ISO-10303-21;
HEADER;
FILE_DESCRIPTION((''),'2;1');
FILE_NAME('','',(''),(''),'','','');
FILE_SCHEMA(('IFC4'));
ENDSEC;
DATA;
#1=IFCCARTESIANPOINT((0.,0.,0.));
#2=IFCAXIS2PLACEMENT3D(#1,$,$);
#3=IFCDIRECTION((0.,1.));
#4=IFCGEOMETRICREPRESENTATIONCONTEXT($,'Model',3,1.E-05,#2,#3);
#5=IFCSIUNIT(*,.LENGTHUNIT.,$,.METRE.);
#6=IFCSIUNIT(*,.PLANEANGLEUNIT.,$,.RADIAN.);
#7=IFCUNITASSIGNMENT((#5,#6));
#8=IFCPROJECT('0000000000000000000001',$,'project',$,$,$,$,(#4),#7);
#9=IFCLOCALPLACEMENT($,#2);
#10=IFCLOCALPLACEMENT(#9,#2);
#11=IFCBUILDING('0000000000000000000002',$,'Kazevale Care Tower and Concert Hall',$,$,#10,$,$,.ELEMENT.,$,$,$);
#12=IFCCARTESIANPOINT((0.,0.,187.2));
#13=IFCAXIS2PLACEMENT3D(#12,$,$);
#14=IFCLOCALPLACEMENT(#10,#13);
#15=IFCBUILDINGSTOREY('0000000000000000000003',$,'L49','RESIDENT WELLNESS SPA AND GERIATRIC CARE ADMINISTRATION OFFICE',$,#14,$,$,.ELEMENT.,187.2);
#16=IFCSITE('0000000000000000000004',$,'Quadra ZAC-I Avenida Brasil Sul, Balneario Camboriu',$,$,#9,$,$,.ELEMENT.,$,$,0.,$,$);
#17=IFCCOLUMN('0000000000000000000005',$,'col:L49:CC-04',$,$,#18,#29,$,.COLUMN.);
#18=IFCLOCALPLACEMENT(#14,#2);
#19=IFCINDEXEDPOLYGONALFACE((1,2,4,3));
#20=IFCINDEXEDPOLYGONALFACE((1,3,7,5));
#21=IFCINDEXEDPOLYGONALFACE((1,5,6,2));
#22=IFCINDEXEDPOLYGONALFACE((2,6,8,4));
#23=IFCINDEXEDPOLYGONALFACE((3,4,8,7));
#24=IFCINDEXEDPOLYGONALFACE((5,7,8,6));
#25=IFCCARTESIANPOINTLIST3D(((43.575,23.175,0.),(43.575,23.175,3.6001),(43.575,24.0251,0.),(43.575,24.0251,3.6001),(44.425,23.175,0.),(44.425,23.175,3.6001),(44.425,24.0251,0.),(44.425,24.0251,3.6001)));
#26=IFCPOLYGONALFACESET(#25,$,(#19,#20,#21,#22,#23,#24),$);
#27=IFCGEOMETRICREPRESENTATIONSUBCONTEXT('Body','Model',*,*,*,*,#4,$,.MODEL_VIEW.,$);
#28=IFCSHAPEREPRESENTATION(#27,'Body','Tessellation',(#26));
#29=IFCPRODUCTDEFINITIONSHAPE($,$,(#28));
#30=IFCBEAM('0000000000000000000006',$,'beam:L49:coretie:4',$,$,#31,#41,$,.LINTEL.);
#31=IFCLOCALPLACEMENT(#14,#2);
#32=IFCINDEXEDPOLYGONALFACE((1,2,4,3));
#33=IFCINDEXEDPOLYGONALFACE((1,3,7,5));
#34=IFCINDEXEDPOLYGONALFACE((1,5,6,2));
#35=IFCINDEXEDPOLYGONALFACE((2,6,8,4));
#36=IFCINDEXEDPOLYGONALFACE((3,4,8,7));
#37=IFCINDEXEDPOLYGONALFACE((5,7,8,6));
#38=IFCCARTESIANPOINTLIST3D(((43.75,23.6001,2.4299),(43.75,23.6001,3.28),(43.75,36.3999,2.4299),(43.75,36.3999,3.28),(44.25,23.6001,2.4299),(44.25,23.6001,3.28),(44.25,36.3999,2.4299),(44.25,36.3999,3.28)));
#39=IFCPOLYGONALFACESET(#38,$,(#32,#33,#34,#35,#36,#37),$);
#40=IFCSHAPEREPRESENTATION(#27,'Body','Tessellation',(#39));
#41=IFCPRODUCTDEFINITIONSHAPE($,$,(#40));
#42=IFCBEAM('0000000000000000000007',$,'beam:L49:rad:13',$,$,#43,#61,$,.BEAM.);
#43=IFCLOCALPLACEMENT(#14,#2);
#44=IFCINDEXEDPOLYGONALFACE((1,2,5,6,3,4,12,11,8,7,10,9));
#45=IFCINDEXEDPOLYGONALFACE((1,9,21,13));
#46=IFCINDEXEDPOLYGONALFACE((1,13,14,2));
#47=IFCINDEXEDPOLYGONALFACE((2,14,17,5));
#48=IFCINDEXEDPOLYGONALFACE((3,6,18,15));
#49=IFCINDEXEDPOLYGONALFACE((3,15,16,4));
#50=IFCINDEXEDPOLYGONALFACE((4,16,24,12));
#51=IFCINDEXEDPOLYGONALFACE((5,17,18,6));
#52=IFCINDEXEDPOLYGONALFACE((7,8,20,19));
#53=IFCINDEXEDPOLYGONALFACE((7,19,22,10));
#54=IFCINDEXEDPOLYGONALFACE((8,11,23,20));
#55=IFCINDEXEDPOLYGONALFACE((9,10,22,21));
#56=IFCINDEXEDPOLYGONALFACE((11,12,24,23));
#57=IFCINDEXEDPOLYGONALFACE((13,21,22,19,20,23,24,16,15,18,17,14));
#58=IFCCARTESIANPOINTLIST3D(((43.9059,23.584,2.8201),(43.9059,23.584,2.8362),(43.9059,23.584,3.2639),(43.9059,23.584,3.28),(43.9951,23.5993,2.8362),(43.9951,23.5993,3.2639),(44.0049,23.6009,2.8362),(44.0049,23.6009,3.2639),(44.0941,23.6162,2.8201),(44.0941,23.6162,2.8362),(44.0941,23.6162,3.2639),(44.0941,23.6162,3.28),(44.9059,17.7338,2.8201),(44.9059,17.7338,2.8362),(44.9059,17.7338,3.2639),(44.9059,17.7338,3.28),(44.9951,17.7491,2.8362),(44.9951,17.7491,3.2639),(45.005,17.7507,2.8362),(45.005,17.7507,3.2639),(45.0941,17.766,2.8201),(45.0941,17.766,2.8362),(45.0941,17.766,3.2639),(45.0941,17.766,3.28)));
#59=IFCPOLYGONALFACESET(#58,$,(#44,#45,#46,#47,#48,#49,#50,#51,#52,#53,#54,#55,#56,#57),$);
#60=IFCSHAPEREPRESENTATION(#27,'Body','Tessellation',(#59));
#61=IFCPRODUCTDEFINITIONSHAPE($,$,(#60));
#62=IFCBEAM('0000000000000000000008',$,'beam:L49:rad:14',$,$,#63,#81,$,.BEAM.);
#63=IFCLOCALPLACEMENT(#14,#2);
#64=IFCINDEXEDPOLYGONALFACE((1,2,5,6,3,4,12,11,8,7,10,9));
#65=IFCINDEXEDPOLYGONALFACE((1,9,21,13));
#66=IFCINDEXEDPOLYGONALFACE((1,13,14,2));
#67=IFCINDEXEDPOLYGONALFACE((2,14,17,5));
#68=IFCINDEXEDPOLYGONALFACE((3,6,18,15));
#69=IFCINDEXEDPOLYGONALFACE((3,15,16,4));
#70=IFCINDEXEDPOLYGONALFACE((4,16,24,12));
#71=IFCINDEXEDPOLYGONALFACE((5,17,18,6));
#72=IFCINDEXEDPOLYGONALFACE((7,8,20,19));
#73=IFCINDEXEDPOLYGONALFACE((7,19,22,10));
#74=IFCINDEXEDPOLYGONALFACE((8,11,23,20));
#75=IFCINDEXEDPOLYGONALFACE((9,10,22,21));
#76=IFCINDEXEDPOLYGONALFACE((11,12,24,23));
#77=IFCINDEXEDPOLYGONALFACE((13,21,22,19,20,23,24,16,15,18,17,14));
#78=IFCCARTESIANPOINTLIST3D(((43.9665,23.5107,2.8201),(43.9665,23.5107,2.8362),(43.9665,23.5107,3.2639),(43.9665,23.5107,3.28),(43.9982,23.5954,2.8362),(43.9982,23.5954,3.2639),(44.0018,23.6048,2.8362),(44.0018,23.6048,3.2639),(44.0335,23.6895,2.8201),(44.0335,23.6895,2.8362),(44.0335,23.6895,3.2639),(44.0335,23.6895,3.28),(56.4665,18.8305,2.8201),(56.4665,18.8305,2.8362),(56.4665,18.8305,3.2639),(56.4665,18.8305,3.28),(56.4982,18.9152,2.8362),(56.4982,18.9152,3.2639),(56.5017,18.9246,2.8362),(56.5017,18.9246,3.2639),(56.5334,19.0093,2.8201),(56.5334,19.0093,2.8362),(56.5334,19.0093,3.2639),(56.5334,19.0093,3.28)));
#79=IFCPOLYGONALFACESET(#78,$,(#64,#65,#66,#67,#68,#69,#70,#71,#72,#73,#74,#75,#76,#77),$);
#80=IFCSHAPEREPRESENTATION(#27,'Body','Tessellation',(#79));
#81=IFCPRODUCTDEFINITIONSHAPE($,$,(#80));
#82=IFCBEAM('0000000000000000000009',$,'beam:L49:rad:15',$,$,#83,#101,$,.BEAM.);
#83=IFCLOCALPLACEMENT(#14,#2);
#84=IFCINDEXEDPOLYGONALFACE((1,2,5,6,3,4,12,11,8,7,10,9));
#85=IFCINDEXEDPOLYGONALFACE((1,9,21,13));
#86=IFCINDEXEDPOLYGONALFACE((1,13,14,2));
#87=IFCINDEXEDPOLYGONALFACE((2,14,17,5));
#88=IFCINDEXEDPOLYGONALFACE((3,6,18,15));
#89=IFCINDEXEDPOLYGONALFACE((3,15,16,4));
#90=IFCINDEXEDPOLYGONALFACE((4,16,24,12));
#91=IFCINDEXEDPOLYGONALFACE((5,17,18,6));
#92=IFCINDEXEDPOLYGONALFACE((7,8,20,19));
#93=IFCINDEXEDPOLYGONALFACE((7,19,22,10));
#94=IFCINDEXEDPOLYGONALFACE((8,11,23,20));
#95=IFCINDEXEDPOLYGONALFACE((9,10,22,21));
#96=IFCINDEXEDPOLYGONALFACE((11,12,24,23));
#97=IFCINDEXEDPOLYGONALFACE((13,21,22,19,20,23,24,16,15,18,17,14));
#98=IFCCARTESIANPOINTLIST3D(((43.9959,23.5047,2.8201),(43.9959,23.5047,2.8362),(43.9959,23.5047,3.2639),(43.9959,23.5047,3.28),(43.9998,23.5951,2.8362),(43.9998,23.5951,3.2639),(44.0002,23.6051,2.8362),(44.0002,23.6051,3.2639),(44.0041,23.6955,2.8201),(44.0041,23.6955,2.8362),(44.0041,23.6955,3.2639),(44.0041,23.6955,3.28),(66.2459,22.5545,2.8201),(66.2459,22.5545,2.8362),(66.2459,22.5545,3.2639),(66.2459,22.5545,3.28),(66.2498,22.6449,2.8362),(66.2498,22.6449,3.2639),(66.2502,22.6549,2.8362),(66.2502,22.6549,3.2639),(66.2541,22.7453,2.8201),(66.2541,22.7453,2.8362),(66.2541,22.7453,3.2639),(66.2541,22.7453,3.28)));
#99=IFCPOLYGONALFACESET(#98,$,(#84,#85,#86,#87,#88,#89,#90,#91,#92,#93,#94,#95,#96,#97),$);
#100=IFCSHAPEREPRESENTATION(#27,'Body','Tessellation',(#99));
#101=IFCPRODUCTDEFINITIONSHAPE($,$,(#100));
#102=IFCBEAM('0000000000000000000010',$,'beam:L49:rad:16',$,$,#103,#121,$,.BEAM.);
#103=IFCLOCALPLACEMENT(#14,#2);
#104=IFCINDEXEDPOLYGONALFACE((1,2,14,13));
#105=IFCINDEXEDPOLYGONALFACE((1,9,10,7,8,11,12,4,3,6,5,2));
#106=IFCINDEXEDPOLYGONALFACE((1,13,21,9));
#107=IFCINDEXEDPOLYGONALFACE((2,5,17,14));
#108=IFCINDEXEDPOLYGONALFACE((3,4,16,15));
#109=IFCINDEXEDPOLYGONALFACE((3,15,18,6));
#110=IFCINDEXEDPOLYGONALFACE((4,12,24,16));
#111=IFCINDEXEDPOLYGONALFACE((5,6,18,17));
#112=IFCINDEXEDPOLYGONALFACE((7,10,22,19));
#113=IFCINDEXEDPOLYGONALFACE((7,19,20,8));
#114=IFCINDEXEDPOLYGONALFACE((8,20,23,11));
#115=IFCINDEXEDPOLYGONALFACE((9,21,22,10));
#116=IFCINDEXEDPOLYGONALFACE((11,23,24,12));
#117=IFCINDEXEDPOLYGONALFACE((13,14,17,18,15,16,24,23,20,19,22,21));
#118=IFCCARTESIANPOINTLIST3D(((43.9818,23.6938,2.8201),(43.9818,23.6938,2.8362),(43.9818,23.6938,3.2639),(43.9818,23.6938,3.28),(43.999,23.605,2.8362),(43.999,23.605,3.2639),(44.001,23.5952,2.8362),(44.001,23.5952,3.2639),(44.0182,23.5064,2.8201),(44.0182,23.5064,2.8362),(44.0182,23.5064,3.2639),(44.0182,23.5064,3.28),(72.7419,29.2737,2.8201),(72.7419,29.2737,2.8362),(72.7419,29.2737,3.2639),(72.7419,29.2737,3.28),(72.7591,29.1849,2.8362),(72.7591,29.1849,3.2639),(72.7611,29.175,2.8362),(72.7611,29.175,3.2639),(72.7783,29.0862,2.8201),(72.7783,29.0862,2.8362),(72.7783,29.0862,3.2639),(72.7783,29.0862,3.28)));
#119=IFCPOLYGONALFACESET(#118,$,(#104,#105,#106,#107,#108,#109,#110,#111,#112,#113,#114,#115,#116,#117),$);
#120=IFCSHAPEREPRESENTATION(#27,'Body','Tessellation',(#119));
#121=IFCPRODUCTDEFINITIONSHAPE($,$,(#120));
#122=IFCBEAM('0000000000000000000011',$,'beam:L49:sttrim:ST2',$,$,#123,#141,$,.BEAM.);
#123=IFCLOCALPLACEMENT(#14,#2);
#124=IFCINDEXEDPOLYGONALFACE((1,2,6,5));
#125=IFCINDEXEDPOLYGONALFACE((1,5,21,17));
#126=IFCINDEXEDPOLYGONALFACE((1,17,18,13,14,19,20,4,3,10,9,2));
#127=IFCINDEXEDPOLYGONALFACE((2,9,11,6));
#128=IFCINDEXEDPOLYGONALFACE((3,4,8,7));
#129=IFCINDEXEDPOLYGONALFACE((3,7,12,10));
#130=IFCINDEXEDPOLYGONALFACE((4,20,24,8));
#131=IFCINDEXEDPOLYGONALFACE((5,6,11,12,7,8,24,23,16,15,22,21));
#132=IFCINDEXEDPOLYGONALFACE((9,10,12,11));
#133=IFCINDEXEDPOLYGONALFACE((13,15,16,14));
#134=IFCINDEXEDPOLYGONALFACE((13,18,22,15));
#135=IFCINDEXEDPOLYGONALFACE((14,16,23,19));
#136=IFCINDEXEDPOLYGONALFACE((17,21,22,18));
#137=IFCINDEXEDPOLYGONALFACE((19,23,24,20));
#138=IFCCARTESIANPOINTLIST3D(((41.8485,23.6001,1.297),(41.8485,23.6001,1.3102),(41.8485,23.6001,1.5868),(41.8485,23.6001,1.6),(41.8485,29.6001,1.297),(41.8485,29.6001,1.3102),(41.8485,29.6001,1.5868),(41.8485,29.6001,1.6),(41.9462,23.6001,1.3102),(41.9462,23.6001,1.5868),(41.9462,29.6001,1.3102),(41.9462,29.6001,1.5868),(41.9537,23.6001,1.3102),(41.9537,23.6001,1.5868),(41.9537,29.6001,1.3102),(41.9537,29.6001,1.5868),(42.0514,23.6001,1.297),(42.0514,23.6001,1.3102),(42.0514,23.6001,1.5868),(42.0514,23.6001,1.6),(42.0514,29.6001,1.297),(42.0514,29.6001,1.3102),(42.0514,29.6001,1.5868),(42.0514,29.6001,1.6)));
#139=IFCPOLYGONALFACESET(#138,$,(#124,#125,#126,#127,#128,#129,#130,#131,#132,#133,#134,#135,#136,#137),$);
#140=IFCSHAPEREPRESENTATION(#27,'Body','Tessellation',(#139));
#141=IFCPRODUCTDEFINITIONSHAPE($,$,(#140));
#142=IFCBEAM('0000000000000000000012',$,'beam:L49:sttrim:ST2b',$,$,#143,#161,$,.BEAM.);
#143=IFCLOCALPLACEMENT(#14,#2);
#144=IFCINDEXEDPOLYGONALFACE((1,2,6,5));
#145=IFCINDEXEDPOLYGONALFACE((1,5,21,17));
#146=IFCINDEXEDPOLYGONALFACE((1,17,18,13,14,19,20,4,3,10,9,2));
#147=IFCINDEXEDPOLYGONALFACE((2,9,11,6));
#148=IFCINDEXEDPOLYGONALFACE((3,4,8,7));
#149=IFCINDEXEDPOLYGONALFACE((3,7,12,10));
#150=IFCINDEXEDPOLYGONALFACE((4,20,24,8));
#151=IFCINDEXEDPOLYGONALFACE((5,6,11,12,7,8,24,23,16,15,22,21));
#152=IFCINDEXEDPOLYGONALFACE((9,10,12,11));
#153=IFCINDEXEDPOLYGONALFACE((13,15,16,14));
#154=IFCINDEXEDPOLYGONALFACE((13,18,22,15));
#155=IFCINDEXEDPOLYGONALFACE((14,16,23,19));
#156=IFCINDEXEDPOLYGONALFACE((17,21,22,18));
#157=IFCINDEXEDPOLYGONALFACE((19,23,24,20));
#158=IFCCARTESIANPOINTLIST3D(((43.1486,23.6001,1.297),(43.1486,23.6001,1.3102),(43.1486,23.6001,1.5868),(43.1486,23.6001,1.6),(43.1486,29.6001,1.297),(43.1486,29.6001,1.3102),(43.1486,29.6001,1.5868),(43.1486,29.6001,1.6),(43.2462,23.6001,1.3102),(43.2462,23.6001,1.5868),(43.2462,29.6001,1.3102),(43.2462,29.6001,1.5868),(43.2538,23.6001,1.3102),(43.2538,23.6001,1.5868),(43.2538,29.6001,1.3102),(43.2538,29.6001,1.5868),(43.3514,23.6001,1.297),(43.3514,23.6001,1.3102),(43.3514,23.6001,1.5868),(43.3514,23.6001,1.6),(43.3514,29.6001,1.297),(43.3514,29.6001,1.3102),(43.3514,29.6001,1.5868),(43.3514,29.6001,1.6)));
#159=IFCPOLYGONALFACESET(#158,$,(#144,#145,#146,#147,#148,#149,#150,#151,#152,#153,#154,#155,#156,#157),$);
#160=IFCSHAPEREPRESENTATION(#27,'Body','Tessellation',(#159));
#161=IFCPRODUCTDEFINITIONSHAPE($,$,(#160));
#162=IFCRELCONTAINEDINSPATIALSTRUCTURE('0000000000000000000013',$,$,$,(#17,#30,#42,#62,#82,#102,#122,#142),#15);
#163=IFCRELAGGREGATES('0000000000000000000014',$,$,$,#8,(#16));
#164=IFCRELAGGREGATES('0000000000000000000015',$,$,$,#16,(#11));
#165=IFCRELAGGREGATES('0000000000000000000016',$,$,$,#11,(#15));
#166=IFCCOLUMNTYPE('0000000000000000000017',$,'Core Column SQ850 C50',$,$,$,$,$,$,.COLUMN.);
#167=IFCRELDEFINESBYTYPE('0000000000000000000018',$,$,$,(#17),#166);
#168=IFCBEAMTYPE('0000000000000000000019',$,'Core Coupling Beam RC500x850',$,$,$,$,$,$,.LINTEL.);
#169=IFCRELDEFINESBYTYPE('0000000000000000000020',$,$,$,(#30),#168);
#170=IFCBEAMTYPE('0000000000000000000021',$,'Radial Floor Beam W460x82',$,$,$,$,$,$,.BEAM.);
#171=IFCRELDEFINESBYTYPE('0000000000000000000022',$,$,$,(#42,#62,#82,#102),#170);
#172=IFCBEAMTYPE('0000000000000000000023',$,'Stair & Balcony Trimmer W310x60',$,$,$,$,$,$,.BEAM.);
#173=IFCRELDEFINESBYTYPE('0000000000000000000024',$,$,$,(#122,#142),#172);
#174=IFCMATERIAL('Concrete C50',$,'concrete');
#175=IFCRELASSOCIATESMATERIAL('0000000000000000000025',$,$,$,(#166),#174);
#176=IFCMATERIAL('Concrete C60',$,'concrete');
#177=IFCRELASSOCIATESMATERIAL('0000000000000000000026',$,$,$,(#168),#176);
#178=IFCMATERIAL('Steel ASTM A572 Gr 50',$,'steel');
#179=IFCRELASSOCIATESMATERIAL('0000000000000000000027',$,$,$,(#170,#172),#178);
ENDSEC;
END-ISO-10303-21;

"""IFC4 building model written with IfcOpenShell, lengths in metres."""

from ifc_helpers import new_model, si_unit, direction, frame, origin, origin_2d, place, context, subcontext, project, spatial, rectangle, i_section, extrude, material, material_profile, profile_set, type_object, element, save


model = new_model("IFC4")

# Units and contexts
model_context = context("Model", 3, precision=1e-05, world=origin(), true_north=direction((0.0, 1.0)))
body_context = subcontext(model_context, "Body", "Model", "MODEL_VIEW")
ifc_project = project(units=[si_unit("LENGTHUNIT", "METRE"), si_unit("PLANEANGLEUNIT", "RADIAN")], contexts=[model_context])

# Site, building, storey
site_placement = place(None, origin())
site = spatial("IfcSite", under=ifc_project, at=site_placement, Name="Quadra ZAC-I Avenida Brasil Sul, Balneario Camboriu", CompositionType="ELEMENT", RefElevation=0.0)
building_placement = place(site_placement, origin())
building = spatial("IfcBuilding", under=site, at=building_placement, Name="Kazevale Care Tower and Concert Hall", CompositionType="ELEMENT")
storey_placement = place(building_placement, frame((0.0, 0.0, 187.2)))
storey = spatial("IfcBuildingStorey", under=building, at=storey_placement, Name="L49", Description="RESIDENT WELLNESS SPA AND GERIATRIC CARE ADMINISTRATION OFFICE", CompositionType="ELEMENT", Elevation=187.2)

# Column
ifc_material_1 = material(Name="Concrete C50", Category="concrete")
ifc_material_profile_1 = material_profile(ifc_material_1, rectangle(XDim=0.8501, YDim=0.8501, at=origin_2d()), Name="RC-SQ850")
ifc_profile_set_1 = profile_set([ifc_material_profile_1], Name="Concrete C50")
column_type = type_object("IfcColumnType", Name="Core Column SQ850 C50", PredefinedType="COLUMN", material=ifc_profile_set_1)
column_placement = place(storey_placement, frame((44.0, 23.6001, 0.0), z_axis=(0.0, 0.0, 1.0), x_axis=(1.0, 0.0, 0.0)))
element("IfcColumn", 1, at=column_placement, inside=storey, type_object=column_type, Name="col:L49:CC-04", PredefinedType="COLUMN", context=body_context, shape_type="SweptSolid", body=[
    extrude(rectangle(XDim=0.8501, YDim=0.8501, at=origin_2d()), origin(), (0.0, 0.0, 1.0), 3.6001),
])

# Beams
ifc_material_2 = material(Name="Concrete C60", Category="concrete")
ifc_material_profile_2 = material_profile(ifc_material_2, rectangle(XDim=0.5, YDim=0.8501, at=origin_2d()), Name="RC-B500x850")
ifc_profile_set_2 = profile_set([ifc_material_profile_2], Name="Concrete C60")
beam_type_1 = type_object("IfcBeamType", Name="Core Coupling Beam RC500x850", PredefinedType="LINTEL", material=ifc_profile_set_2)
beam_1_placement = place(storey_placement, frame((44.0, 23.6001, 2.855), z_axis=(0.0, 1.0, 0.0), x_axis=(-1.0, 0.0, 0.0)))
element("IfcBeam", 2, at=beam_1_placement, inside=storey, type_object=beam_type_1, Name="beam:L49:coretie:4", PredefinedType="LINTEL", context=body_context, shape_type="SweptSolid", body=[
    extrude(rectangle(XDim=0.5, YDim=0.8501, at=origin_2d()), origin(), (0.0, 0.0, 1.0), 12.7998),
])
ifc_material_3 = material(Name="Steel ASTM A572 Gr 50", Category="steel")
ifc_material_profile_3 = material_profile(ifc_material_3, i_section(OverallWidth=0.1909, OverallDepth=0.46, WebThickness=0.01, FlangeThickness=0.0161, at=origin_2d()), Name="W460x82")
ifc_profile_set_3 = profile_set([ifc_material_profile_3], Name="Steel ASTM A572 Gr 50")
beam_type_2 = type_object("IfcBeamType", Name="Radial Floor Beam W460x82", PredefinedType="BEAM", material=ifc_profile_set_3)
beam_2_placement = place(storey_placement, frame((44.0, 23.6001, 3.05), z_axis=(0.168493, -0.985703, 0.0), x_axis=(0.985703, 0.168493, 0.0)))
element("IfcBeam", 3, at=beam_2_placement, inside=storey, type_object=beam_type_2, Name="beam:L49:rad:13", PredefinedType="BEAM", context=body_context, shape_type="SweptSolid", body=[
    extrude(i_section(OverallWidth=0.1909, OverallDepth=0.46, WebThickness=0.01, FlangeThickness=0.0161, at=origin_2d()), origin(), (0.0, 0.0, 1.0), 5.9351),
])
beam_3_placement = place(storey_placement, frame((44.0, 23.6001, 3.05), z_axis=(0.936509, -0.350642, 0.0), x_axis=(0.350642, 0.936509, 0.0)))
element("IfcBeam", 4, at=beam_3_placement, inside=storey, type_object=beam_type_2, Name="beam:L49:rad:14", PredefinedType="BEAM", context=body_context, shape_type="SweptSolid", body=[
    extrude(i_section(OverallWidth=0.1909, OverallDepth=0.46, WebThickness=0.01, FlangeThickness=0.0161, at=origin_2d()), origin(), (0.0, 0.0, 1.0), 13.3474),
])
beam_4_placement = place(storey_placement, frame((44.0, 23.6001, 3.05), z_axis=(0.999089, -0.042667, 0.0), x_axis=(0.042667, 0.999089, 0.0)))
element("IfcBeam", 5, at=beam_4_placement, inside=storey, type_object=beam_type_2, Name="beam:L49:rad:15", PredefinedType="BEAM", context=body_context, shape_type="SweptSolid", body=[
    extrude(i_section(OverallWidth=0.1909, OverallDepth=0.46, WebThickness=0.01, FlangeThickness=0.0161, at=origin_2d()), origin(), (0.0, 0.0, 1.0), 22.2703),
])
beam_5_placement = place(storey_placement, frame((44.0, 23.6001, 3.05), z_axis=(0.981695, 0.190462, 0.0), x_axis=(-0.190462, 0.981695, 0.0)))
element("IfcBeam", 6, at=beam_5_placement, inside=storey, type_object=beam_type_2, Name="beam:L49:rad:16", PredefinedType="BEAM", context=body_context, shape_type="SweptSolid", body=[
    extrude(i_section(OverallWidth=0.1909, OverallDepth=0.46, WebThickness=0.01, FlangeThickness=0.0161, at=origin_2d()), origin(), (0.0, 0.0, 1.0), 29.2964),
])
ifc_material_profile_4 = material_profile(ifc_material_3, i_section(OverallWidth=0.2029, OverallDepth=0.303, WebThickness=0.0076, FlangeThickness=0.0132, at=origin_2d()), Name="W310x60")
ifc_profile_set_4 = profile_set([ifc_material_profile_4], Name="Steel ASTM A572 Gr 50")
beam_type_3 = type_object("IfcBeamType", Name="Stair & Balcony Trimmer W310x60", PredefinedType="BEAM", material=ifc_profile_set_4)
for number, where, z_axis, x_axis, name in (
    (7, (41.95, 23.6001, 1.4485), (0.0, 1.0, 0.0), (-1.0, 0.0, 0.0), "beam:L49:sttrim:ST2"),
    (8, (43.25, 23.6001, 1.4485), (0.0, 1.0, 0.0), (-1.0, 0.0, 0.0), "beam:L49:sttrim:ST2b"),
):
    element("IfcBeam", number, at=place(storey_placement, frame(where, z_axis=z_axis, x_axis=x_axis)), inside=storey, type_object=beam_type_3, Name=name, PredefinedType="BEAM", context=body_context, shape_type="SweptSolid", body=[
        extrude(i_section(OverallWidth=0.2029, OverallDepth=0.303, WebThickness=0.0076, FlangeThickness=0.0132, at=origin_2d()), origin(), (0.0, 0.0, 1.0), 6.0),
    ])

save(model, "model.ifc")
